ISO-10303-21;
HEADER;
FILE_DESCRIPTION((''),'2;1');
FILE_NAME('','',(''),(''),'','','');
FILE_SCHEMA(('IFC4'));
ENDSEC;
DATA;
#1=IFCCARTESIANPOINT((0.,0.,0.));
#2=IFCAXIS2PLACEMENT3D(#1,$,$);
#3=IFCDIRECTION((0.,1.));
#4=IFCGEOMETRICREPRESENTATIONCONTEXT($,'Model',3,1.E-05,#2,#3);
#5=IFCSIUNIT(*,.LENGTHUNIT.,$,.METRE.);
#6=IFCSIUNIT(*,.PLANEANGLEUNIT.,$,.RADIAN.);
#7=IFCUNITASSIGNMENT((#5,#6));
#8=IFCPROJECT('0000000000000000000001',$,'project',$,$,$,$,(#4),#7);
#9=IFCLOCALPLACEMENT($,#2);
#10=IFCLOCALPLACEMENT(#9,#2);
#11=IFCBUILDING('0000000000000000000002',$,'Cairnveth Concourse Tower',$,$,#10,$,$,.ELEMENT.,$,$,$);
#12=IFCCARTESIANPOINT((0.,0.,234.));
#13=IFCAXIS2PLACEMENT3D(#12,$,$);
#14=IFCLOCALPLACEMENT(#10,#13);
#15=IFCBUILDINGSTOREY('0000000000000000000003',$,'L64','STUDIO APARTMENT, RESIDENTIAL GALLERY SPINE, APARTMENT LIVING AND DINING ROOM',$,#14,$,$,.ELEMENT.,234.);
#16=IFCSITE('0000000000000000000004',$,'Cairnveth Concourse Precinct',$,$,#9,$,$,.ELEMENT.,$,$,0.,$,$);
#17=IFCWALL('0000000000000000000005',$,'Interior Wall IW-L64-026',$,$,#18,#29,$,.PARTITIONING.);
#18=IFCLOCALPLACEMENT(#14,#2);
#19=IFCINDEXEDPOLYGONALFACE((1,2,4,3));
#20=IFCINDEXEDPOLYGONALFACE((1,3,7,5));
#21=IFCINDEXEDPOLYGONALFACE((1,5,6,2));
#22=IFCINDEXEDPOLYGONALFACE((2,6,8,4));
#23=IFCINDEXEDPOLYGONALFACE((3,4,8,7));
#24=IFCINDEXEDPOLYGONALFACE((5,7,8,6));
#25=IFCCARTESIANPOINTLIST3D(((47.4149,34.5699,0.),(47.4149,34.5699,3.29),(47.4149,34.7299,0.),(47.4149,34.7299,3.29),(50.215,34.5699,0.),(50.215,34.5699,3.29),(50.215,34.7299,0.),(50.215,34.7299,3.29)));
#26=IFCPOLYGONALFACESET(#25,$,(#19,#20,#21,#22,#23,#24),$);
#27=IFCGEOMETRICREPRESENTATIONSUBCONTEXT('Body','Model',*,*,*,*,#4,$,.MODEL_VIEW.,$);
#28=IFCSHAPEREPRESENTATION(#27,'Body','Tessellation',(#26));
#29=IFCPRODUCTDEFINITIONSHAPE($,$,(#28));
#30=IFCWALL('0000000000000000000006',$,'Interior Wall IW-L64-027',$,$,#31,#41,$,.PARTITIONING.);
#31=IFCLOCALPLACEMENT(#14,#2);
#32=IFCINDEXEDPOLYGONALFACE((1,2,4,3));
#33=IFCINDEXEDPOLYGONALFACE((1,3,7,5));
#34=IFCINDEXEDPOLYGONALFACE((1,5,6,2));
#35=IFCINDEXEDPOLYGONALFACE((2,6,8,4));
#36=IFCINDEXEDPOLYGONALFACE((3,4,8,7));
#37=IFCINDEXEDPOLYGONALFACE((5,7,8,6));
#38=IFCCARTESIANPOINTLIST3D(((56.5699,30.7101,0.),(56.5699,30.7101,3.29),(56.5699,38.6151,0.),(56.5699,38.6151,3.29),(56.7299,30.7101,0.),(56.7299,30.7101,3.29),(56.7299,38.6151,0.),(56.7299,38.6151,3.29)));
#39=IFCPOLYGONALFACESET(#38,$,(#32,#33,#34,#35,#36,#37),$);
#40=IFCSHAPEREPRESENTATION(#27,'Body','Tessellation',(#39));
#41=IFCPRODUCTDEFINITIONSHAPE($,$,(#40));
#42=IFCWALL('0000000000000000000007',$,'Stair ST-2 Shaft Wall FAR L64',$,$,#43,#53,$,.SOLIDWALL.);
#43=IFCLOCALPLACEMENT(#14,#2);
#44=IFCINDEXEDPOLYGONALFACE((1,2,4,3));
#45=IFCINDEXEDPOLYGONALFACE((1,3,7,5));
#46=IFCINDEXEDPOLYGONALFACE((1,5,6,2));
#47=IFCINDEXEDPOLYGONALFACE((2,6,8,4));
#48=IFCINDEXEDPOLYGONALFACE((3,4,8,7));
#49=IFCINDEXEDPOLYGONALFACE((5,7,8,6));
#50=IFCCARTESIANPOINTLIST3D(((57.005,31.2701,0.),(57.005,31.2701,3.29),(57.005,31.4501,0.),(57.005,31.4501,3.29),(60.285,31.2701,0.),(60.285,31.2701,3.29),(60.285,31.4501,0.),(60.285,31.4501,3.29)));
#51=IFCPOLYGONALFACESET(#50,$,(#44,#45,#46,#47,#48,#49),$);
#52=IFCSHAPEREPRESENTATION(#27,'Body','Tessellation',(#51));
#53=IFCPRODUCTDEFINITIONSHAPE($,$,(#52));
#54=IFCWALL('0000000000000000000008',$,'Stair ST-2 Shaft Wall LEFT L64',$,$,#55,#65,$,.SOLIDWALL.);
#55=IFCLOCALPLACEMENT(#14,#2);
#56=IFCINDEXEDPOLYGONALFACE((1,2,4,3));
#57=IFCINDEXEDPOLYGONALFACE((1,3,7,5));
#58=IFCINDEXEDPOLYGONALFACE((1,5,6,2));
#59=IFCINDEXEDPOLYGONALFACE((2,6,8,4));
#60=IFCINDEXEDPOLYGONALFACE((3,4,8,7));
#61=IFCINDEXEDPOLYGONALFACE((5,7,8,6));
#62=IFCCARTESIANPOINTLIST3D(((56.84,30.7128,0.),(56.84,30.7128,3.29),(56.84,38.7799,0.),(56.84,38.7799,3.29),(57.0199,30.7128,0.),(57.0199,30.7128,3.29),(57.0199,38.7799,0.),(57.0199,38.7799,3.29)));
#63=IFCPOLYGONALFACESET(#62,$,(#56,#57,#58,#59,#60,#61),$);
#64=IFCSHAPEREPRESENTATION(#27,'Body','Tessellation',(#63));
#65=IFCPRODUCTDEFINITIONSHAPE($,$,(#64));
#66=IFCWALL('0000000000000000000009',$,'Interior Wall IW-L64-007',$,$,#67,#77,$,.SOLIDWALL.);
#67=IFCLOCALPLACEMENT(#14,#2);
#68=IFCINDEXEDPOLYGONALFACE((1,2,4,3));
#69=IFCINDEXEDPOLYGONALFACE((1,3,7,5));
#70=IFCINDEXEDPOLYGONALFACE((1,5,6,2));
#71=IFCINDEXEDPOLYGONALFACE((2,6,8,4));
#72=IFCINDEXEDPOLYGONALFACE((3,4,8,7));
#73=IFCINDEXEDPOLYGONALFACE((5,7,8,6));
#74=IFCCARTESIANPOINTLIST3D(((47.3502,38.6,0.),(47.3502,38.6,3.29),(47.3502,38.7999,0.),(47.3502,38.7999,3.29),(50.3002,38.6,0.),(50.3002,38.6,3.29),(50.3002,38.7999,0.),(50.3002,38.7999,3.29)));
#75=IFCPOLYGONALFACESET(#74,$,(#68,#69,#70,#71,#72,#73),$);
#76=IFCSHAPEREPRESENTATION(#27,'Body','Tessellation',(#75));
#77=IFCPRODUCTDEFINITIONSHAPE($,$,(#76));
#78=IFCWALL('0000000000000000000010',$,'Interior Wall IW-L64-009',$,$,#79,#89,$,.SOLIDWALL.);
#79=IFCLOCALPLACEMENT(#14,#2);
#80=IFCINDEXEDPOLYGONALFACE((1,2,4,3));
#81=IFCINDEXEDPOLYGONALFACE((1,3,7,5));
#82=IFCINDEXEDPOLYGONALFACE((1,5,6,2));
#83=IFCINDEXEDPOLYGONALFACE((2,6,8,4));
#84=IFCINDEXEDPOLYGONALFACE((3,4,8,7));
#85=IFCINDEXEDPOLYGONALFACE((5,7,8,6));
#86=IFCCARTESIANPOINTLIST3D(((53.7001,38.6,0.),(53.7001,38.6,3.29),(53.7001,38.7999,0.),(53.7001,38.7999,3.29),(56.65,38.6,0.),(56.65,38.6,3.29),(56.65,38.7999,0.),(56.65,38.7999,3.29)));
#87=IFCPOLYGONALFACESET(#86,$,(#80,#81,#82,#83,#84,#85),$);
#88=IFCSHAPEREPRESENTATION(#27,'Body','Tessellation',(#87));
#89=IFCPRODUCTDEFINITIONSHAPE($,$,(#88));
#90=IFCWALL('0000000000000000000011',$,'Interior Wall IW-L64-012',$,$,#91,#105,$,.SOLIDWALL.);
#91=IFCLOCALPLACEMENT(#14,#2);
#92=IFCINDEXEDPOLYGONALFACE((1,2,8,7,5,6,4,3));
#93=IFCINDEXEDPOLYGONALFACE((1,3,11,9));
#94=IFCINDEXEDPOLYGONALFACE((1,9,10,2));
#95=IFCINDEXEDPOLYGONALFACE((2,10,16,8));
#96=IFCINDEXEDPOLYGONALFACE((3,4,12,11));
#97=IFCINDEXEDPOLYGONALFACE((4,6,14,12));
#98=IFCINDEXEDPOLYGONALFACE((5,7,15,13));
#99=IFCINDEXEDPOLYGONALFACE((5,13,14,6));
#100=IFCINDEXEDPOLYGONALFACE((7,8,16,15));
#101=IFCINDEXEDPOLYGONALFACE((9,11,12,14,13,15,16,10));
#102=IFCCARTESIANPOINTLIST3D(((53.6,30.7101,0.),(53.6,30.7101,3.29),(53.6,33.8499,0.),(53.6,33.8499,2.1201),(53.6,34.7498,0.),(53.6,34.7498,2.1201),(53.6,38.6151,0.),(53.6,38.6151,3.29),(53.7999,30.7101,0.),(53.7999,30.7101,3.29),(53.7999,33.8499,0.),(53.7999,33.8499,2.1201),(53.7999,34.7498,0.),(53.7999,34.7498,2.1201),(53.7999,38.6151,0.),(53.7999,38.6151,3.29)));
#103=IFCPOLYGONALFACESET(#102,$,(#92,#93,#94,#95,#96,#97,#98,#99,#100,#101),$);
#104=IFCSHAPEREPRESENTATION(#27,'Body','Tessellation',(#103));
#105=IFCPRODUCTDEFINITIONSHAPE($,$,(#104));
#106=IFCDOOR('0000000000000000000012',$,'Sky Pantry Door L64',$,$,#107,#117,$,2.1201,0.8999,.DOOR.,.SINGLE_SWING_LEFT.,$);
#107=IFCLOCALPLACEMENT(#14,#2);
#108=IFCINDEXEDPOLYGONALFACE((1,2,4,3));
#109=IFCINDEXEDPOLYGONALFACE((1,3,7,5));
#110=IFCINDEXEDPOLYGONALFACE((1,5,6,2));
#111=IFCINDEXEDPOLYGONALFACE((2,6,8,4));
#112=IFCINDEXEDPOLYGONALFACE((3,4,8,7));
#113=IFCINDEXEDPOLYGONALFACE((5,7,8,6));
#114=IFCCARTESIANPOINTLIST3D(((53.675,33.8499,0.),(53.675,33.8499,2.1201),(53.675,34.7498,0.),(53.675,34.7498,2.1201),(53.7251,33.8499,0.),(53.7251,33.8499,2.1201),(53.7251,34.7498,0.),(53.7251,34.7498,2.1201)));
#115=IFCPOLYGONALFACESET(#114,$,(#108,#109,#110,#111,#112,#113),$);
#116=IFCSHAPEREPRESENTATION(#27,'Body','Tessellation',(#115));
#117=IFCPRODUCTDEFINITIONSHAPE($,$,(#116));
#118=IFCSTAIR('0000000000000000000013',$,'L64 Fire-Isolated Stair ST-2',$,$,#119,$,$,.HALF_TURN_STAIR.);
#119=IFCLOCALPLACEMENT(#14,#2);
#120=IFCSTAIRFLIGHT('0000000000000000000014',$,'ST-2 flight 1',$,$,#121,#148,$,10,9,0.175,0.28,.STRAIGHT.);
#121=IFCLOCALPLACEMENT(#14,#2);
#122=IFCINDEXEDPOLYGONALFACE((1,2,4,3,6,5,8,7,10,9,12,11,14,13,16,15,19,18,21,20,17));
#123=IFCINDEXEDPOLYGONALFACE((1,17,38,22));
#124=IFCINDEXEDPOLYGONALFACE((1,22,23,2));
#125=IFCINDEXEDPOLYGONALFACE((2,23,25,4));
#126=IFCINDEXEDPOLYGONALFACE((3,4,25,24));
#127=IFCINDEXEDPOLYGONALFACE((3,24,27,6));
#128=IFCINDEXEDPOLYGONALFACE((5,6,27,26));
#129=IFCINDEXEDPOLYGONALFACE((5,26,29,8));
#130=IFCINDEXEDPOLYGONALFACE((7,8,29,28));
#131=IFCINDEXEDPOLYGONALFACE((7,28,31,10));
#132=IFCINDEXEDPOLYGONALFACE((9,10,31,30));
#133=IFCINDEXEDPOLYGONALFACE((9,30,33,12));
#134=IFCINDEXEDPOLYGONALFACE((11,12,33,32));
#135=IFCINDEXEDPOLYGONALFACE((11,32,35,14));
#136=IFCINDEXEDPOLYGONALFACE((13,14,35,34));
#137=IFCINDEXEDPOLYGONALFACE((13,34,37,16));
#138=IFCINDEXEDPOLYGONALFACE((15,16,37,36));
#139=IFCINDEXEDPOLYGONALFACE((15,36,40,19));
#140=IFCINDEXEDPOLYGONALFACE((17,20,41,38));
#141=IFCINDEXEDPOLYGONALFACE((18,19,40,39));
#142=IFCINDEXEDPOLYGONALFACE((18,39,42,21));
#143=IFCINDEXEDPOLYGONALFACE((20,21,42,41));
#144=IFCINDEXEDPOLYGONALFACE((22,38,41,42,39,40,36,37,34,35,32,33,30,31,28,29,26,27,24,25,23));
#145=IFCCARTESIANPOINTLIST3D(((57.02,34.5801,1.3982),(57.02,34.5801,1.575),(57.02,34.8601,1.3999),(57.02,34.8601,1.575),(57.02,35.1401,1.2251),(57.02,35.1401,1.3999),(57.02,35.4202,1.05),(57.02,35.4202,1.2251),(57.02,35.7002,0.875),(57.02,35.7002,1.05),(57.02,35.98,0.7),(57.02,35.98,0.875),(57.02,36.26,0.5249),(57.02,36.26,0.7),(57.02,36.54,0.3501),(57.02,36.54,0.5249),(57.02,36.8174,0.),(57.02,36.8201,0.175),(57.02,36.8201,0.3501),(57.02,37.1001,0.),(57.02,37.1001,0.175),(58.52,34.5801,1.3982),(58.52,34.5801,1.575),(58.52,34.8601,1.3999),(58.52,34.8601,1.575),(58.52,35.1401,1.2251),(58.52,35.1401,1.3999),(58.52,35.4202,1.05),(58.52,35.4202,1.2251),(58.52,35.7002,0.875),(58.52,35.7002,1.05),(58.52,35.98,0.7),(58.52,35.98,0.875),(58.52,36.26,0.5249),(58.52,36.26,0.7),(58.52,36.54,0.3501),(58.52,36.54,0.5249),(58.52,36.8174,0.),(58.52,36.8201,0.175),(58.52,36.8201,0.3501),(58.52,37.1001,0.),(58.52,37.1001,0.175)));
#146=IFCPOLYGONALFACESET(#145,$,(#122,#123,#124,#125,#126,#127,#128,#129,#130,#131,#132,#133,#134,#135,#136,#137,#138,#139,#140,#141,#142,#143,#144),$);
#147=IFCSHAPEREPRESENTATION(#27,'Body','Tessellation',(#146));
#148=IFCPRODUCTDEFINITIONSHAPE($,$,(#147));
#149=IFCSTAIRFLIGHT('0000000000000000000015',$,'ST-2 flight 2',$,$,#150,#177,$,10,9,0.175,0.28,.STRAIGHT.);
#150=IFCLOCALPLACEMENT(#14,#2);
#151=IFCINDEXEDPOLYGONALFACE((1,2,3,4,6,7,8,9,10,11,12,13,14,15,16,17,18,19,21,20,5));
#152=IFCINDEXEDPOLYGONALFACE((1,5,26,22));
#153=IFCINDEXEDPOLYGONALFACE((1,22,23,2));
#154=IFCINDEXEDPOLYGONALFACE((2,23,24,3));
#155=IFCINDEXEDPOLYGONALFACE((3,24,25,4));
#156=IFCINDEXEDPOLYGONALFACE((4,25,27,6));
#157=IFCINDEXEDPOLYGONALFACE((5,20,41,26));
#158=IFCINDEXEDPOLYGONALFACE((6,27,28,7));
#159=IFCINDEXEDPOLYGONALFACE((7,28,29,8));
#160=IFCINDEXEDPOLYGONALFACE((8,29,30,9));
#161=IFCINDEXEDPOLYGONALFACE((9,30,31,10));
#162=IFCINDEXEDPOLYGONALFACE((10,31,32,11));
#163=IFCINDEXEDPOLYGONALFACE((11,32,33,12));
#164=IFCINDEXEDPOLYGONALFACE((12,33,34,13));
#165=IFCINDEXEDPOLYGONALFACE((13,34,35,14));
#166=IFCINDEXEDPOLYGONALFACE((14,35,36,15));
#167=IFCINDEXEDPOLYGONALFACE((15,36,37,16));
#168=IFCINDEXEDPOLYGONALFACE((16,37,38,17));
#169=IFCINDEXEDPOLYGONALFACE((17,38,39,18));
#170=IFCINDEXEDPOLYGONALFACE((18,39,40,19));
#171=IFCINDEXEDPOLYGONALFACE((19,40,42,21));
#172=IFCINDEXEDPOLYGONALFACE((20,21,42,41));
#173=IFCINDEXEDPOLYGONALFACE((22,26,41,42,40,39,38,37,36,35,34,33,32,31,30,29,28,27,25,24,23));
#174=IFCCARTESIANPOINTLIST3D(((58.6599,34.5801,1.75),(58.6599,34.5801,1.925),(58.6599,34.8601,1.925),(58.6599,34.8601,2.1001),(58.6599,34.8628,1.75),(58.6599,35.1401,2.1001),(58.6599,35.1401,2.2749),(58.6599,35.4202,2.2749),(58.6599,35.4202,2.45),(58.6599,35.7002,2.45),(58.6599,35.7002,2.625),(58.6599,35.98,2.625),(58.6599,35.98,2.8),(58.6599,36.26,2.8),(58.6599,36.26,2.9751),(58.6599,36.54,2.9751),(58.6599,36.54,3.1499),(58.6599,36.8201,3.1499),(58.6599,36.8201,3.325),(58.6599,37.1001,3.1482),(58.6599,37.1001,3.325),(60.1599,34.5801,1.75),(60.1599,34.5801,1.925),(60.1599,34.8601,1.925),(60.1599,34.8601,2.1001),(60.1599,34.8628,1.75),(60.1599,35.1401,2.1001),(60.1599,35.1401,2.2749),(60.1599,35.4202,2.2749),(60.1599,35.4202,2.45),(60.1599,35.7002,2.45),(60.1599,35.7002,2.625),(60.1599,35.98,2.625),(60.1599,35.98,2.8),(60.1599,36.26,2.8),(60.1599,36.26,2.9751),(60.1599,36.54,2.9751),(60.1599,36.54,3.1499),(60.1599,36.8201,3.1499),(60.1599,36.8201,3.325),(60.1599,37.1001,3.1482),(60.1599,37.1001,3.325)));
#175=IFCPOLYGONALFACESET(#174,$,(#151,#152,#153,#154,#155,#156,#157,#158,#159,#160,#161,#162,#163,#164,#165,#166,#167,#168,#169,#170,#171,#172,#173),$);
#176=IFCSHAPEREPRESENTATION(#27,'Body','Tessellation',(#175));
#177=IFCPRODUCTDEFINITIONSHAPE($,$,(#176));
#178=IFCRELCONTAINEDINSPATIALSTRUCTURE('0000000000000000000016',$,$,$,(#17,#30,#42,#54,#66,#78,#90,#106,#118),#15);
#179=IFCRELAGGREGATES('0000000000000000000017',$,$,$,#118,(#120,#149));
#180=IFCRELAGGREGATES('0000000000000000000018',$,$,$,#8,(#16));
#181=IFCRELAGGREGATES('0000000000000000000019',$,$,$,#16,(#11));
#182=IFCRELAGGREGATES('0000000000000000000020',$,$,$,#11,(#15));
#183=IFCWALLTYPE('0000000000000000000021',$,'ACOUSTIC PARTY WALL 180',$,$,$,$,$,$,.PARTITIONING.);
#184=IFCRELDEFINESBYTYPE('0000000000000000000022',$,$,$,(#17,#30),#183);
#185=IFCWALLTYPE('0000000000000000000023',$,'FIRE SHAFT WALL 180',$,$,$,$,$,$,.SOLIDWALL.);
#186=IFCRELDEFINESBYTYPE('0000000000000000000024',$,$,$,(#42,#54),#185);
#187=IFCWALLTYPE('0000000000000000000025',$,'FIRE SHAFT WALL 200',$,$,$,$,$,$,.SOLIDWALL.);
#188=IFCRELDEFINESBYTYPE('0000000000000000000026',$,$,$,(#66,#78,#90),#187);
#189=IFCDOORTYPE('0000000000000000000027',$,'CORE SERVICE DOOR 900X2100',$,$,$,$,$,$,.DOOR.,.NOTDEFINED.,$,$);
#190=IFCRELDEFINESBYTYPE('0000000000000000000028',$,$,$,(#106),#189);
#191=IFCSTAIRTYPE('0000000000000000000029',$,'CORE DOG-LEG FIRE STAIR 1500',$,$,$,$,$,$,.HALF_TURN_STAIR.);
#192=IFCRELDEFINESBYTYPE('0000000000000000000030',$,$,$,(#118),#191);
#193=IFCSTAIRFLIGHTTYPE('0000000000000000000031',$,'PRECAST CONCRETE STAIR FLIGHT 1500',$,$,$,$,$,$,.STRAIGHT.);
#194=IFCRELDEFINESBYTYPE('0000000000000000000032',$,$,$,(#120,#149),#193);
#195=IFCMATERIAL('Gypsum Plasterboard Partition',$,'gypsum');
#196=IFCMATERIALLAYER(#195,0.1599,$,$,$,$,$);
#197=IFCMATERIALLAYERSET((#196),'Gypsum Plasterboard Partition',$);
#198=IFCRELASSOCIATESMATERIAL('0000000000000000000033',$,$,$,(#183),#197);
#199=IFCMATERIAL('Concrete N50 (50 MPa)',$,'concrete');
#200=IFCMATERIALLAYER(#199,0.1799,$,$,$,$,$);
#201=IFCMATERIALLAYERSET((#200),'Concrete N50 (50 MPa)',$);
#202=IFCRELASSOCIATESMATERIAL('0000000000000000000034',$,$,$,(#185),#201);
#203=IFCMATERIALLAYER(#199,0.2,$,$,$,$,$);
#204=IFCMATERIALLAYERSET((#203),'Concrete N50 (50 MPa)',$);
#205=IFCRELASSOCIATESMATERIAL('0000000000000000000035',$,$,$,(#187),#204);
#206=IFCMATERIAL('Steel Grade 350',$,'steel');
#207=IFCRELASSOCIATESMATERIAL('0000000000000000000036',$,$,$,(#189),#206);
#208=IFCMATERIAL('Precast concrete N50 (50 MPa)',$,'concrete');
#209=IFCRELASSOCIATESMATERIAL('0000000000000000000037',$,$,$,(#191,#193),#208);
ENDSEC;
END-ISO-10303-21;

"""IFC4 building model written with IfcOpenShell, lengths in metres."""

from ifc_helpers import new_model, si_unit, direction, frame, frame_2d, origin, place, context, subcontext, project, spatial, polyline, rectangle, outline, extrude, material, layer, layer_set, type_object, element, fill, aggregate, save


model = new_model("IFC4")

# Units and contexts
model_context = context("Model", 3, precision=1e-05, world=origin(), true_north=direction((0.0, 1.0)))
body_context = subcontext(model_context, "Body", "Model", "MODEL_VIEW")
ifc_project = project(units=[si_unit("LENGTHUNIT", "METRE"), si_unit("PLANEANGLEUNIT", "RADIAN")], contexts=[model_context])

# Site, building, storey
site_placement = place(None, origin())
site = spatial("IfcSite", under=ifc_project, at=site_placement, Name="Cairnveth Concourse Precinct", CompositionType="ELEMENT", RefElevation=0.0)
building_placement = place(site_placement, origin())
building = spatial("IfcBuilding", under=site, at=building_placement, Name="Cairnveth Concourse Tower", CompositionType="ELEMENT")
storey_placement = place(building_placement, frame((0.0, 0.0, 234.0)))
storey = spatial("IfcBuildingStorey", under=building, at=storey_placement, Name="L64", Description="STUDIO APARTMENT, RESIDENTIAL GALLERY SPINE, APARTMENT LIVING AND DINING ROOM", CompositionType="ELEMENT", Elevation=234.0)

# Walls
ifc_material_1 = material(Name="Gypsum Plasterboard Partition", Category="gypsum")
ifc_layer_1 = layer(ifc_material_1, 0.1599)
ifc_layer_set_1 = layer_set([ifc_layer_1], Name="Gypsum Plasterboard Partition")
wall_type_1 = type_object("IfcWallType", Name="ACOUSTIC PARTY WALL 180", PredefinedType="PARTITIONING", material=ifc_layer_set_1)
wall_1_placement = place(storey_placement, frame((47.415, 34.6499, 0.0), z_axis=(0.0, 0.0, 1.0), x_axis=(1.0, 0.0, 0.0)))
element("IfcWall", 1, at=wall_1_placement, inside=storey, type_object=wall_type_1, Name="Interior Wall IW-L64-026", PredefinedType="PARTITIONING", context=body_context, shape_type="SweptSolid", body=[
    extrude(rectangle(XDim=2.8, YDim=0.1599, at=frame_2d((1.3999, 0.0))), origin(), (0.0, 0.0, 1.0), 3.29),
])
wall_2_placement = place(storey_placement, frame((56.6499, 30.71, 0.0), z_axis=(0.0, 0.0, 1.0), x_axis=(0.0, 1.0, 0.0)))
element("IfcWall", 2, at=wall_2_placement, inside=storey, type_object=wall_type_1, Name="Interior Wall IW-L64-027", PredefinedType="PARTITIONING", context=body_context, shape_type="SweptSolid", body=[
    extrude(rectangle(XDim=7.905, YDim=0.1599, at=frame_2d((3.9526, 0.0))), origin(), (0.0, 0.0, 1.0), 3.29),
])

# Shared definitions
ifc_material_2 = material(Name="Concrete N50 (50 MPa)", Category="concrete")
ifc_layer_2 = layer(ifc_material_2, 0.1799)
ifc_layer_set_2 = layer_set([ifc_layer_2], Name="Concrete N50 (50 MPa)")
wall_type_2 = type_object("IfcWallType", Name="FIRE SHAFT WALL 180", PredefinedType="SOLIDWALL", material=ifc_layer_set_2)
ifc_material_3 = material(Name="Steel Grade 350", Category="steel")

# Walls
wall_3_placement = place(storey_placement, frame((57.0049, 31.3601, 0.0), z_axis=(0.0, 0.0, 1.0), x_axis=(1.0, 0.0, 0.0)))
element("IfcWall", 3, at=wall_3_placement, inside=storey, type_object=wall_type_2, Name="Stair ST-2 Shaft Wall FAR L64", PredefinedType="SOLIDWALL", context=body_context, shape_type="SweptSolid", body=[
    extrude(rectangle(XDim=3.28, YDim=0.1799, at=frame_2d((1.6401, 0.0))), origin(), (0.0, 0.0, 1.0), 3.29),
])
wall_4_placement = place(storey_placement, frame((56.9299, 38.78, 0.0), z_axis=(0.0, 0.0, 1.0), x_axis=(0.0, -1.0, 0.0)))
element("IfcWall", 4, at=wall_4_placement, inside=storey, type_object=wall_type_2, Name="Stair ST-2 Shaft Wall LEFT L64", PredefinedType="SOLIDWALL", context=body_context, shape_type="SweptSolid", body=[
    extrude(rectangle(XDim=8.0671, YDim=0.1799, at=frame_2d((4.0337, 0.0))), origin(), (0.0, 0.0, 1.0), 3.29),
])
ifc_layer_3 = layer(ifc_material_2, 0.2)
ifc_layer_set_3 = layer_set([ifc_layer_3], Name="Concrete N50 (50 MPa)")
wall_type_3 = type_object("IfcWallType", Name="FIRE SHAFT WALL 200", PredefinedType="SOLIDWALL", material=ifc_layer_set_3)
for number, where, z_axis, x_axis, name in (
    (5, (47.3501, 38.7, 0.0), (0.0, 0.0, 1.0), (1.0, 0.0, 0.0), "Interior Wall IW-L64-007"),
    (6, (53.7, 38.7, 0.0), (0.0, 0.0, 1.0), (1.0, 0.0, 0.0), "Interior Wall IW-L64-009"),
):
    element("IfcWall", number, at=place(storey_placement, frame(where, z_axis=z_axis, x_axis=x_axis)), inside=storey, type_object=wall_type_3, Name=name, PredefinedType="SOLIDWALL", context=body_context, shape_type="SweptSolid", body=[
        extrude(rectangle(XDim=2.95, YDim=0.2, at=frame_2d((1.4751, 0.0))), origin(), (0.0, 0.0, 1.0), 3.29),
    ])

# Wall, opening, door
wall_5_placement = place(storey_placement, frame((53.7, 30.71, 0.0), z_axis=(0.0, 0.0, 1.0), x_axis=(0.0, 1.0, 0.0)))
wall_5 = element("IfcWall", 7, at=wall_5_placement, inside=storey, type_object=wall_type_3, Name="Interior Wall IW-L64-012", PredefinedType="SOLIDWALL", context=body_context, shape_type="SweptSolid", body=[
    extrude(rectangle(XDim=7.905, YDim=0.2, at=frame_2d((3.9526, 0.0))), origin(), (0.0, 0.0, 1.0), 3.29),
])
opening_1_placement = place(wall_5_placement, frame((3.1399, 0.0, 0.0)))
opening_1 = element("IfcOpeningElement", 8, at=opening_1_placement, cuts=wall_5, PredefinedType="OPENING", context=body_context, shape_type="SweptSolid", body=[
    extrude(rectangle(XDim=0.8999, YDim=2.1201, at=frame_2d((0.45, 1.0601))), frame((0.0, 0.1099, 0.0), z_axis=(0.0, -1.0, 0.0), x_axis=(1.0, 0.0, 0.0)), (0.0, 0.0, 1.0), 0.22),
])
door_type_1 = type_object("IfcDoorType", Name="CORE SERVICE DOOR 900X2100", OperationType="NOTDEFINED", PredefinedType="DOOR", material=ifc_material_3)
door_1_placement = place(opening_1_placement, origin())
door_1 = element("IfcDoor", 9, at=door_1_placement, inside=storey, type_object=door_type_1, Name="Sky Pantry Door L64", OperationType="SINGLE_SWING_LEFT", OverallHeight=2.1201, OverallWidth=0.8999, PredefinedType="DOOR", context=body_context, shape_type="SweptSolid", body=[
    extrude(rectangle(XDim=0.8999, YDim=2.1201, at=frame_2d((0.45, 1.0601))), frame((0.0, 0.0249, 0.0), z_axis=(0.0, -1.0, 0.0), x_axis=(1.0, 0.0, 0.0)), (0.0, 0.0, 1.0), 0.05),
])
fill(opening_1, door_1)

# Stair, stair flights
ifc_material_4 = material(Name="Precast concrete N50 (50 MPa)", Category="concrete")
stair_type = type_object("IfcStairType", Name="CORE DOG-LEG FIRE STAIR 1500", PredefinedType="HALF_TURN_STAIR", material=ifc_material_4)
stair_placement = place(storey_placement, origin())
stair = element("IfcStair", 10, at=stair_placement, inside=storey, type_object=stair_type, Name="L64 Fire-Isolated Stair ST-2", PredefinedType="HALF_TURN_STAIR")
stair_flight_type = type_object("IfcStairFlightType", Name="PRECAST CONCRETE STAIR FLIGHT 1500", PredefinedType="STRAIGHT", material=ifc_material_4)
stair_flight_1_placement = place(storey_placement, frame((57.77, 37.1001, 0.0), z_axis=(0.0, 0.0, 1.0), x_axis=(0.0, -1.0, 0.0)))
stair_flight_1 = element("IfcStairFlight", 11, at=stair_flight_1_placement, type_object=stair_flight_type, Name="ST-2 flight 1", NumberOfRisers=10, NumberOfTreads=9, PredefinedType="STRAIGHT", RiserHeight=0.175, TreadLength=0.28, context=body_context, shape_type="SweptSolid", body=[
    extrude(outline(polyline([(0.0, 0.0), (0.0, 0.175), (0.28, 0.175), (0.28, 0.3501), (0.5601, 0.3501), (0.5601, 0.5249), (0.8401, 0.5249), (0.8401, 0.7), (1.1201, 0.7), (1.1201, 0.875), (1.3999, 0.875), (1.3999, 1.05), (1.6799, 1.05), (1.6799, 1.2251), (1.96, 1.2251), (1.96, 1.3999), (2.24, 1.3999), (2.24, 1.575), (2.52, 1.575), (2.52, 1.75), (2.52, 1.3982), (0.2827, 0.0), (0.0, 0.0)])), frame((0.0, 0.75, 0.0), z_axis=(0.0, -1.0, 0.0), x_axis=(1.0, 0.0, 0.0)), (0.0, 0.0, 1.0), 1.5),
])
stair_flight_2_placement = place(storey_placement, frame((59.4099, 34.5801, 1.75), z_axis=(0.0, 0.0, 1.0), x_axis=(0.0, 1.0, 0.0)))
stair_flight_2 = element("IfcStairFlight", 12, at=stair_flight_2_placement, type_object=stair_flight_type, Name="ST-2 flight 2", NumberOfRisers=10, NumberOfTreads=9, PredefinedType="STRAIGHT", RiserHeight=0.175, TreadLength=0.28, context=body_context, shape_type="SweptSolid", body=[
    extrude(outline(polyline([(0.0, 0.0), (0.0, 0.175), (0.28, 0.175), (0.28, 0.3501), (0.5601, 0.3501), (0.5601, 0.5249), (0.8401, 0.5249), (0.8401, 0.7), (1.1201, 0.7), (1.1201, 0.875), (1.3999, 0.875), (1.3999, 1.05), (1.6799, 1.05), (1.6799, 1.2251), (1.96, 1.2251), (1.96, 1.3999), (2.24, 1.3999), (2.24, 1.575), (2.52, 1.575), (2.52, 1.75), (2.52, 1.3982), (0.2827, 0.0), (0.0, 0.0)])), frame((0.0, 0.75, 0.0), z_axis=(0.0, -1.0, 0.0), x_axis=(1.0, 0.0, 0.0)), (0.0, 0.0, 1.0), 1.5),
])
aggregate(stair, [stair_flight_1, stair_flight_2])

save(model, "model.ifc")
